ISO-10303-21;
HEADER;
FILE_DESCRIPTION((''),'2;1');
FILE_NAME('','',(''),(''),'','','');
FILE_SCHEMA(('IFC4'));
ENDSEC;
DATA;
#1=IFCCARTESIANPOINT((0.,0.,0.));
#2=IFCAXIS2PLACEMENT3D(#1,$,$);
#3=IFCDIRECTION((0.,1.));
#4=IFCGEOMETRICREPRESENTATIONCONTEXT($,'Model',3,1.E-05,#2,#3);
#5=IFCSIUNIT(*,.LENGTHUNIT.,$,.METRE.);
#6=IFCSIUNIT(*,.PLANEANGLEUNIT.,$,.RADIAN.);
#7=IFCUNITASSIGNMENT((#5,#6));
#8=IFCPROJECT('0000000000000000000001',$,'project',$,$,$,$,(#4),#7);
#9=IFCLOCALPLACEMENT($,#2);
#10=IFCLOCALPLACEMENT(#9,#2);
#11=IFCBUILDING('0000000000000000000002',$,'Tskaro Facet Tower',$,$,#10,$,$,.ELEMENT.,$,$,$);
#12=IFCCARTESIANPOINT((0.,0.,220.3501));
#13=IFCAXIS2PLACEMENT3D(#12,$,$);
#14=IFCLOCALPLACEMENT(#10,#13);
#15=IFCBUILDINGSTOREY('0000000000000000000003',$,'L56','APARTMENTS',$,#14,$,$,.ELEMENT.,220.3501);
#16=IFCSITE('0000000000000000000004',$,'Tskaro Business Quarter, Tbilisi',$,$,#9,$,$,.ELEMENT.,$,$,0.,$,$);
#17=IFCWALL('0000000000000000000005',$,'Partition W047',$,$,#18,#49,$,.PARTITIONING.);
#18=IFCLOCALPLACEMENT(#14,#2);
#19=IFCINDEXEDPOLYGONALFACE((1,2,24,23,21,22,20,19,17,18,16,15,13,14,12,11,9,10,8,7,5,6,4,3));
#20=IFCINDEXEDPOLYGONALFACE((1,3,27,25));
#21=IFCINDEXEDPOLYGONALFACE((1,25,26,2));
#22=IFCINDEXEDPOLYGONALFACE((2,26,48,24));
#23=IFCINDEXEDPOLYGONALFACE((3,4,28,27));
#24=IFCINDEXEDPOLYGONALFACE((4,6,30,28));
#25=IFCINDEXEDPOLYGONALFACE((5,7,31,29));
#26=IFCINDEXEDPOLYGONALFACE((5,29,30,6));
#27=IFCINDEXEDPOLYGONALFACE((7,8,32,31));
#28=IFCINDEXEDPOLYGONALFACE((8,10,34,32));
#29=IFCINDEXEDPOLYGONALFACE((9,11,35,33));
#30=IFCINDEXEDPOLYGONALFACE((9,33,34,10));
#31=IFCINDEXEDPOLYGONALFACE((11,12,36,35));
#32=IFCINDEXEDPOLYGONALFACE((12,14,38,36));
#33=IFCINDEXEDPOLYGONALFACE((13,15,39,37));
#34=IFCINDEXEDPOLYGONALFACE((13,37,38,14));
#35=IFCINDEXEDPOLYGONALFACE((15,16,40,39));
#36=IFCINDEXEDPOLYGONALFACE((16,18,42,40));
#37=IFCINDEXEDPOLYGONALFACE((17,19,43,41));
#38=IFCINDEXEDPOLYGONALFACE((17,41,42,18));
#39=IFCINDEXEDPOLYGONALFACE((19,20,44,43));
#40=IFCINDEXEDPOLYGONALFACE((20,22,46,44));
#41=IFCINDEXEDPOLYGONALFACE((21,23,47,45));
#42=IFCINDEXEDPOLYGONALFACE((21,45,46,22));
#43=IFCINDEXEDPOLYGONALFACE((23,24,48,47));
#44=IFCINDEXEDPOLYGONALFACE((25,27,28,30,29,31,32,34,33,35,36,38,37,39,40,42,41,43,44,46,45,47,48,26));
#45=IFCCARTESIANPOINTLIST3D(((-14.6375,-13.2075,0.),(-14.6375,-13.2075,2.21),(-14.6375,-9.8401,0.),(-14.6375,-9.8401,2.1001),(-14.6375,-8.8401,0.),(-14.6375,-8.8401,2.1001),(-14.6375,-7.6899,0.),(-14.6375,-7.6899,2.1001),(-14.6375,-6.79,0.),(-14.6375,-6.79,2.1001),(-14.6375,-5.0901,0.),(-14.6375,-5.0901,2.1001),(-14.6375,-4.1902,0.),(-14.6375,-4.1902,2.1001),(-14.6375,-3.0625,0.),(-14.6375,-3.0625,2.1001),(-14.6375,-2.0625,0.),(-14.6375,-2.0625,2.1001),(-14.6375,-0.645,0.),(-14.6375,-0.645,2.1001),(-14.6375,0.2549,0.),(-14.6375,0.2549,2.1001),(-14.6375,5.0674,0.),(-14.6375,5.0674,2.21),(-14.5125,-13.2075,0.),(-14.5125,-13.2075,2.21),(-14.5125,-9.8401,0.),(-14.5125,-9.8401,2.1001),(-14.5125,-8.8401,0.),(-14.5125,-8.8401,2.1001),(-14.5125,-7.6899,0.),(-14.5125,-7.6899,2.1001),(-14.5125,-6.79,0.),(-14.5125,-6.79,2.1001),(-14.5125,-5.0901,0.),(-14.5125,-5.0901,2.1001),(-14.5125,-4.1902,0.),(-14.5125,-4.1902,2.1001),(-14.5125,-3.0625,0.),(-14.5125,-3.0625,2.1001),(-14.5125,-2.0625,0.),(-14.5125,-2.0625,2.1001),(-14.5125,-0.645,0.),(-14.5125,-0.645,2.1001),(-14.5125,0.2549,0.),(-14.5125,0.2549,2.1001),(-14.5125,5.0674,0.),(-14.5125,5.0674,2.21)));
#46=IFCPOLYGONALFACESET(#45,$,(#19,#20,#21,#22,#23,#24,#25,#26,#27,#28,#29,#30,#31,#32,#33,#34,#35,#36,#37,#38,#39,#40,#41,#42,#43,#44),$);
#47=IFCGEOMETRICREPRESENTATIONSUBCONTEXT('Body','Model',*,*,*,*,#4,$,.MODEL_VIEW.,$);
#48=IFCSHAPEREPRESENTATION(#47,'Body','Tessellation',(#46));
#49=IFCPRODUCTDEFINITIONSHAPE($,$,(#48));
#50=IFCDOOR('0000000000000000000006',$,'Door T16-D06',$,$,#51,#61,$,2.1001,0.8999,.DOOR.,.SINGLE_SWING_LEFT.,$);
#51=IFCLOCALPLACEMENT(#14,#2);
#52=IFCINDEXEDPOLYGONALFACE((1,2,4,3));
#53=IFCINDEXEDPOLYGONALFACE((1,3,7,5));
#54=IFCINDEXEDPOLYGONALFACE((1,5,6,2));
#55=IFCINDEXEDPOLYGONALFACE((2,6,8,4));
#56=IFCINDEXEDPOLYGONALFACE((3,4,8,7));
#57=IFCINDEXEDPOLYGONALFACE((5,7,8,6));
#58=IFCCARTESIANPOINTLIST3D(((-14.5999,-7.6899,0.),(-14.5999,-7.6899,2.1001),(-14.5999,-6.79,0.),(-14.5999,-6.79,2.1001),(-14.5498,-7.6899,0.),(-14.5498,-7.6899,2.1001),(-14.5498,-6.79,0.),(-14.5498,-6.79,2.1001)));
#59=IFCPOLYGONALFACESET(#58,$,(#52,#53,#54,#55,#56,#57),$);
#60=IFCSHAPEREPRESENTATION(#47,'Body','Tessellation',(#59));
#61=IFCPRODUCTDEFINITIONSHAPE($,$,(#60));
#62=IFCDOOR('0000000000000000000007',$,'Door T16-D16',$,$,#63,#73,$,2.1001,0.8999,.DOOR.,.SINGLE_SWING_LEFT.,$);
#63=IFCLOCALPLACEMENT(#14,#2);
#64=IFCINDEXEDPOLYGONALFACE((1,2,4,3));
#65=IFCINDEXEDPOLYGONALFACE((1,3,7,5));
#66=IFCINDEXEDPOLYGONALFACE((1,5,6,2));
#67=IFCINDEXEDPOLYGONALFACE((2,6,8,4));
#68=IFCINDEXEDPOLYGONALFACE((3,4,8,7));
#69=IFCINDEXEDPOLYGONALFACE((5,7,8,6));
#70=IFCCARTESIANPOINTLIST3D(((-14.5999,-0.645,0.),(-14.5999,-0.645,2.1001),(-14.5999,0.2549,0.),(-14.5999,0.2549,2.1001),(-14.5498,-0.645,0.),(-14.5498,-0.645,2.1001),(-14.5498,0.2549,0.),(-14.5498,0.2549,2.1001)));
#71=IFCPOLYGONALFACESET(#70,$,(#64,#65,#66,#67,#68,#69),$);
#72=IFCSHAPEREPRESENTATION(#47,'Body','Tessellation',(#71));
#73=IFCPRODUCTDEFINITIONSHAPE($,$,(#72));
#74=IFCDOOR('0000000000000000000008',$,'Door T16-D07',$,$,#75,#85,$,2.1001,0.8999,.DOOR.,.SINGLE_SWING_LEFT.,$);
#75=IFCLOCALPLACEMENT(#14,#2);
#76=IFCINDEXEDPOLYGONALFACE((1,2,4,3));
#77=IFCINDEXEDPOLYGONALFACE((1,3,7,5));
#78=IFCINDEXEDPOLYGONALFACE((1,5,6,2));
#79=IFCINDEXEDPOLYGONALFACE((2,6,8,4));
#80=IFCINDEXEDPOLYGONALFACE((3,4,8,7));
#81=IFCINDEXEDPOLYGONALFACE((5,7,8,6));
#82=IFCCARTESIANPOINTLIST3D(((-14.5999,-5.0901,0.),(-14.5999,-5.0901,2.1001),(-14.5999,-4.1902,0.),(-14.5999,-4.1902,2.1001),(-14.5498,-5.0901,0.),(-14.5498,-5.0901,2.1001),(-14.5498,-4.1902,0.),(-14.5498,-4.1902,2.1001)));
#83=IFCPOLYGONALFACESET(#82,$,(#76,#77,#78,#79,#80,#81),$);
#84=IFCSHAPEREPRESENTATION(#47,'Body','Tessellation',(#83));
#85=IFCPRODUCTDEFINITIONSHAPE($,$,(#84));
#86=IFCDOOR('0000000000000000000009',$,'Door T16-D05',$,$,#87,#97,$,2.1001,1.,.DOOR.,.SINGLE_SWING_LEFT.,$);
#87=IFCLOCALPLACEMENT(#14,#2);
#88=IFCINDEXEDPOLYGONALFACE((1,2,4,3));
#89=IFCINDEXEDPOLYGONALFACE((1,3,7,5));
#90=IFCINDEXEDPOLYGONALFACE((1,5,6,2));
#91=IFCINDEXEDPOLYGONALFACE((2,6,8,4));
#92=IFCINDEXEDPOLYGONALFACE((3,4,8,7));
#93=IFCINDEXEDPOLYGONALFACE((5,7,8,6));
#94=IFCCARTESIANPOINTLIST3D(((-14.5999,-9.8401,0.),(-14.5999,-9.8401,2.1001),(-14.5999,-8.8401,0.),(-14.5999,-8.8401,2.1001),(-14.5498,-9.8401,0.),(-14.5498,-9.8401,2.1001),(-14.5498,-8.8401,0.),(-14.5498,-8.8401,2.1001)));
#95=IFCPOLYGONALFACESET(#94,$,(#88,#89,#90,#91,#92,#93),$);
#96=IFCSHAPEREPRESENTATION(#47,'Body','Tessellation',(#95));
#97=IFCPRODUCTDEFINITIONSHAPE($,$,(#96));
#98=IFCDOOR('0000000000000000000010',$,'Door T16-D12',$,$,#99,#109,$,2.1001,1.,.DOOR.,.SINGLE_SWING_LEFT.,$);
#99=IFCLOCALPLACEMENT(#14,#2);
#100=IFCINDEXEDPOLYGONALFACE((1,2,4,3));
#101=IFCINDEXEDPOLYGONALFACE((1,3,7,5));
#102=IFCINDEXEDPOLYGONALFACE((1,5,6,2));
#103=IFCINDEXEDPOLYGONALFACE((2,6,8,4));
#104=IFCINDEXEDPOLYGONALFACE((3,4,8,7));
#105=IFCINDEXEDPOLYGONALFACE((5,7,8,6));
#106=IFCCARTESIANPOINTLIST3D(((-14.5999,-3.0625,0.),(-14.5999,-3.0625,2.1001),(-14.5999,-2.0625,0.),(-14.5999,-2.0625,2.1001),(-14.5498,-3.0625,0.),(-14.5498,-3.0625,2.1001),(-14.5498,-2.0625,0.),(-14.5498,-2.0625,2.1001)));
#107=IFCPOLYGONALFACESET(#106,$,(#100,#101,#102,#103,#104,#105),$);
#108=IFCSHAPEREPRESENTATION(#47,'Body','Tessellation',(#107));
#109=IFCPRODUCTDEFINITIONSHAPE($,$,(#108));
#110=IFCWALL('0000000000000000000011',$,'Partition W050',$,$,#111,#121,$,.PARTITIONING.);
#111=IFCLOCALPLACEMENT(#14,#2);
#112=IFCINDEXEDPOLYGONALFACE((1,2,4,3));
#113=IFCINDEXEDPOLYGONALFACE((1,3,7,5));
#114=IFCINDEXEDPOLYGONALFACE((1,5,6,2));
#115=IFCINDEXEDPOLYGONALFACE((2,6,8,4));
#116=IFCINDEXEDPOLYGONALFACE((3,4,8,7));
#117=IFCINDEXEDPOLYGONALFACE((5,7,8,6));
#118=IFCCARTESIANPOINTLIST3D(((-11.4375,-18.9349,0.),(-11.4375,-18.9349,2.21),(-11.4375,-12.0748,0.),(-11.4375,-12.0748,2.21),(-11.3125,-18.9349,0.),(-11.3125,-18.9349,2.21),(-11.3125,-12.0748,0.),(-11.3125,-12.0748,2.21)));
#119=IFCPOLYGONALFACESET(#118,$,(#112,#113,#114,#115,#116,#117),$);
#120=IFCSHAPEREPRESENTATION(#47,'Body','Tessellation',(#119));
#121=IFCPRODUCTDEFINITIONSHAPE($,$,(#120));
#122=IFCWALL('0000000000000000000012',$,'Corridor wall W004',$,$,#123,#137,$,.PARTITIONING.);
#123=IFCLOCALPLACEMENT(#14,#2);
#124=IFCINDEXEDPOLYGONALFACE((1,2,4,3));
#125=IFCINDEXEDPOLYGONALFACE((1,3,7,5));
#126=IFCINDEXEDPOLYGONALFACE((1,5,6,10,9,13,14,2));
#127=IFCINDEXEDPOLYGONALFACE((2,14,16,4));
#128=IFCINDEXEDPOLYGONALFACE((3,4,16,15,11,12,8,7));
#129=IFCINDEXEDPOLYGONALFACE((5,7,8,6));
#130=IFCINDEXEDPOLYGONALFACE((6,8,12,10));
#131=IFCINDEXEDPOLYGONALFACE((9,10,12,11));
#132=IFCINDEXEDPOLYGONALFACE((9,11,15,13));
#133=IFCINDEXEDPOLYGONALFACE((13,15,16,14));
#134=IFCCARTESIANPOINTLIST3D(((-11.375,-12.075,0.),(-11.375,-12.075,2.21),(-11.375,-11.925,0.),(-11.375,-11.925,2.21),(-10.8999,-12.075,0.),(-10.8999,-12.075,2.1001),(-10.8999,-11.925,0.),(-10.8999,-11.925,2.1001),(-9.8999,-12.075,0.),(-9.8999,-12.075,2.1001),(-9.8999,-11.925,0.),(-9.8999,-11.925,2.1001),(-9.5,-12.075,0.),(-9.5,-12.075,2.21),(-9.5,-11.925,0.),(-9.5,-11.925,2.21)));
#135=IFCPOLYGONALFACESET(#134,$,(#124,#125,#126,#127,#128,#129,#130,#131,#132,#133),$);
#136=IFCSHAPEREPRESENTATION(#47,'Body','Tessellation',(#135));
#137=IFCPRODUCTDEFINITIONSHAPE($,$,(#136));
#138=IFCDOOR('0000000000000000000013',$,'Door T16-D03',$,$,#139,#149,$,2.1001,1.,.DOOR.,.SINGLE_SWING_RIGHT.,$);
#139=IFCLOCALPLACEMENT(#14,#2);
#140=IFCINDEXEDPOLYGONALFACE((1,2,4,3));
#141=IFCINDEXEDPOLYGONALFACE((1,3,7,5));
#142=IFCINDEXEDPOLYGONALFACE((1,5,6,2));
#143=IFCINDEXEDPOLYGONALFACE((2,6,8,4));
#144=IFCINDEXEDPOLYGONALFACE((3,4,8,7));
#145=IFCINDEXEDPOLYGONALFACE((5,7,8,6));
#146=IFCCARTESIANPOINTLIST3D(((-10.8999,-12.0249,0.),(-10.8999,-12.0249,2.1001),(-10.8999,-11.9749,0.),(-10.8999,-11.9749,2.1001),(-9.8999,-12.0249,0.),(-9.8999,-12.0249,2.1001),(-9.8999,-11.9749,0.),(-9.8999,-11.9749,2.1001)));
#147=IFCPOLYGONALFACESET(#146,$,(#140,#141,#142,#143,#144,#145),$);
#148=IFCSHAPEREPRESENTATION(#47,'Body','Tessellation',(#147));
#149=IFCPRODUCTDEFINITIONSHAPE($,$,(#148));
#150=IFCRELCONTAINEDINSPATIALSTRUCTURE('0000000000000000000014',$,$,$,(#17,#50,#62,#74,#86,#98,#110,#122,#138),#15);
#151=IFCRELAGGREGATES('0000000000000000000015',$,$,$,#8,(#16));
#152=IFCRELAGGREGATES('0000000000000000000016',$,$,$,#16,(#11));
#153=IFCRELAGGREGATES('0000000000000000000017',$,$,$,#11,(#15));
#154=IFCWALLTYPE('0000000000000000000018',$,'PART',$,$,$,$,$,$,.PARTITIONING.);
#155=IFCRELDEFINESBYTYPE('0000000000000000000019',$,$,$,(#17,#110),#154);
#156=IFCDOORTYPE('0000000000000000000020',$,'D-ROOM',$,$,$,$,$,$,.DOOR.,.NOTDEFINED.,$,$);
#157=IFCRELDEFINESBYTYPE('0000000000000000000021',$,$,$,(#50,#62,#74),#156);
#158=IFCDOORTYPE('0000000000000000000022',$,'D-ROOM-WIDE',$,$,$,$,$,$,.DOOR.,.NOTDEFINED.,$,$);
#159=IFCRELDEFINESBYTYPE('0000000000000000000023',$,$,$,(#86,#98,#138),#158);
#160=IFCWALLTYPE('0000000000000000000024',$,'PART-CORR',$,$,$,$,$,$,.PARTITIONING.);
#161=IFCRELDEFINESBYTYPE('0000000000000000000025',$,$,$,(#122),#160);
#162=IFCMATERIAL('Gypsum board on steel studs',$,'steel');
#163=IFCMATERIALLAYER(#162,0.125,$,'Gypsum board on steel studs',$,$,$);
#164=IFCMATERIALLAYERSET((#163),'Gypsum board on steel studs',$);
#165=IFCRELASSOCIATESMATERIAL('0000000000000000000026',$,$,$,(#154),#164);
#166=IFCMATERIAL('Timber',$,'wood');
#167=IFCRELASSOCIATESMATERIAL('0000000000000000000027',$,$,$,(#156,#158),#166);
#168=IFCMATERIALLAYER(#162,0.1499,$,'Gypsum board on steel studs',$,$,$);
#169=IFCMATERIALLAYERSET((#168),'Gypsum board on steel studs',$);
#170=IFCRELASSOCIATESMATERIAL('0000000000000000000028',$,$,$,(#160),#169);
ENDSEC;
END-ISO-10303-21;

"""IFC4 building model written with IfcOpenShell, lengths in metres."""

from ifc_helpers import new_model, si_unit, direction, frame, frame_2d, origin, place, context, subcontext, project, spatial, rectangle, extrude, material, layer, layer_set, type_object, element, fill, save


model = new_model("IFC4")

# Units and contexts
model_context = context("Model", 3, precision=1e-05, world=origin(), true_north=direction((0.0, 1.0)))
body_context = subcontext(model_context, "Body", "Model", "MODEL_VIEW")
ifc_project = project(units=[si_unit("LENGTHUNIT", "METRE"), si_unit("PLANEANGLEUNIT", "RADIAN")], contexts=[model_context])

# Site, building, storey
site_placement = place(None, origin())
site = spatial("IfcSite", under=ifc_project, at=site_placement, Name="Tskaro Business Quarter, Tbilisi", CompositionType="ELEMENT", RefElevation=0.0)
building_placement = place(site_placement, origin())
building = spatial("IfcBuilding", under=site, at=building_placement, Name="Tskaro Facet Tower", CompositionType="ELEMENT")
storey_placement = place(building_placement, frame((0.0, 0.0, 220.3501)))
storey = spatial("IfcBuildingStorey", under=building, at=storey_placement, Name="L56", Description="APARTMENTS", CompositionType="ELEMENT", Elevation=220.3501)

# Shared definitions
ifc_material_1 = material(Name="Gypsum board on steel studs", Category="steel")
ifc_layer_1 = layer(ifc_material_1, 0.125, Name="Gypsum board on steel studs")
ifc_layer_set_1 = layer_set([ifc_layer_1], Name="Gypsum board on steel studs")
wall_type_1 = type_object("IfcWallType", Name="PART", PredefinedType="PARTITIONING", material=ifc_layer_set_1)
ifc_material_2 = material(Name="Timber", Category="wood")
door_type_1 = type_object("IfcDoorType", Name="D-ROOM", OperationType="NOTDEFINED", PredefinedType="DOOR", material=ifc_material_2)

# Wall, openings, doors
wall_1_placement = place(storey_placement, frame((-14.575, -13.2075, 0.0), z_axis=(0.0, 0.0, 1.0), x_axis=(0.0, 1.0, 0.0)))
wall_1 = element("IfcWall", 1, at=wall_1_placement, inside=storey, type_object=wall_type_1, Name="Partition W047", PredefinedType="PARTITIONING", context=body_context, shape_type="SweptSolid", body=[
    extrude(rectangle(XDim=18.2749, YDim=0.125, at=frame_2d((9.1375, 0.0))), origin(), (0.0, 0.0, 1.0), 2.21),
])
opening_1_placement = place(wall_1_placement, frame((3.3674, 0.0, 0.0)))
opening_1 = element("IfcOpeningElement", 2, at=opening_1_placement, cuts=wall_1, PredefinedType="OPENING", context=body_context, shape_type="SweptSolid", body=[
    extrude(rectangle(XDim=1.0, YDim=2.1001, at=frame_2d((0.5, 1.05))), frame((0.0, 0.0725, 0.0), z_axis=(0.0, -1.0, 0.0), x_axis=(1.0, 0.0, 0.0)), (0.0, 0.0, 1.0), 0.145),
])
opening_2_placement = place(wall_1_placement, frame((5.5176, 0.0, 0.0)))
opening_2 = element("IfcOpeningElement", 3, at=opening_2_placement, cuts=wall_1, PredefinedType="OPENING", context=body_context, shape_type="SweptSolid", body=[
    extrude(rectangle(XDim=0.8999, YDim=2.1001, at=frame_2d((0.45, 1.05))), frame((0.0, 0.0725, 0.0), z_axis=(0.0, -1.0, 0.0), x_axis=(1.0, 0.0, 0.0)), (0.0, 0.0, 1.0), 0.145),
])
opening_3_placement = place(wall_1_placement, frame((12.5625, 0.0, 0.0)))
opening_3 = element("IfcOpeningElement", 4, at=opening_3_placement, cuts=wall_1, PredefinedType="OPENING", context=body_context, shape_type="SweptSolid", body=[
    extrude(rectangle(XDim=0.8999, YDim=2.1001, at=frame_2d((0.45, 1.05))), frame((0.0, 0.0725, 0.0), z_axis=(0.0, -1.0, 0.0), x_axis=(1.0, 0.0, 0.0)), (0.0, 0.0, 1.0), 0.145),
])
opening_4_placement = place(wall_1_placement, frame((10.145, 0.0, 0.0)))
opening_4 = element("IfcOpeningElement", 5, at=opening_4_placement, cuts=wall_1, PredefinedType="OPENING", context=body_context, shape_type="SweptSolid", body=[
    extrude(rectangle(XDim=1.0, YDim=2.1001, at=frame_2d((0.5, 1.05))), frame((0.0, 0.0725, 0.0), z_axis=(0.0, -1.0, 0.0), x_axis=(1.0, 0.0, 0.0)), (0.0, 0.0, 1.0), 0.145),
])
opening_5_placement = place(wall_1_placement, frame((8.1174, 0.0, 0.0)))
opening_5 = element("IfcOpeningElement", 6, at=opening_5_placement, cuts=wall_1, PredefinedType="OPENING", context=body_context, shape_type="SweptSolid", body=[
    extrude(rectangle(XDim=0.8999, YDim=2.1001, at=frame_2d((0.45, 1.05))), frame((0.0, 0.0725, 0.0), z_axis=(0.0, -1.0, 0.0), x_axis=(1.0, 0.0, 0.0)), (0.0, 0.0, 1.0), 0.145),
])
door_1_placement = place(opening_2_placement, origin())
door_1 = element("IfcDoor", 7, at=door_1_placement, inside=storey, type_object=door_type_1, Name="Door T16-D06", OperationType="SINGLE_SWING_LEFT", OverallHeight=2.1001, OverallWidth=0.8999, PredefinedType="DOOR", context=body_context, shape_type="SweptSolid", body=[
    extrude(rectangle(XDim=0.8999, YDim=2.1001, at=frame_2d((0.45, 1.05))), frame((0.0, 0.0249, 0.0), z_axis=(0.0, -1.0, 0.0), x_axis=(1.0, 0.0, 0.0)), (0.0, 0.0, 1.0), 0.05),
])
fill(opening_2, door_1)
door_2_placement = place(opening_3_placement, origin())
door_2 = element("IfcDoor", 8, at=door_2_placement, inside=storey, type_object=door_type_1, Name="Door T16-D16", OperationType="SINGLE_SWING_LEFT", OverallHeight=2.1001, OverallWidth=0.8999, PredefinedType="DOOR", context=body_context, shape_type="SweptSolid", body=[
    extrude(rectangle(XDim=0.8999, YDim=2.1001, at=frame_2d((0.45, 1.05))), frame((0.0, 0.0249, 0.0), z_axis=(0.0, -1.0, 0.0), x_axis=(1.0, 0.0, 0.0)), (0.0, 0.0, 1.0), 0.05),
])
fill(opening_3, door_2)
door_3_placement = place(opening_5_placement, origin())
door_3 = element("IfcDoor", 9, at=door_3_placement, inside=storey, type_object=door_type_1, Name="Door T16-D07", OperationType="SINGLE_SWING_LEFT", OverallHeight=2.1001, OverallWidth=0.8999, PredefinedType="DOOR", context=body_context, shape_type="SweptSolid", body=[
    extrude(rectangle(XDim=0.8999, YDim=2.1001, at=frame_2d((0.45, 1.05))), frame((0.0, 0.0249, 0.0), z_axis=(0.0, -1.0, 0.0), x_axis=(1.0, 0.0, 0.0)), (0.0, 0.0, 1.0), 0.05),
])
fill(opening_5, door_3)
door_type_2 = type_object("IfcDoorType", Name="D-ROOM-WIDE", OperationType="NOTDEFINED", PredefinedType="DOOR", material=ifc_material_2)
door_4_placement = place(opening_1_placement, origin())
door_4 = element("IfcDoor", 10, at=door_4_placement, inside=storey, type_object=door_type_2, Name="Door T16-D05", OperationType="SINGLE_SWING_LEFT", OverallHeight=2.1001, OverallWidth=1.0, PredefinedType="DOOR", context=body_context, shape_type="SweptSolid", body=[
    extrude(rectangle(XDim=1.0, YDim=2.1001, at=frame_2d((0.5, 1.05))), frame((0.0, 0.0249, 0.0), z_axis=(0.0, -1.0, 0.0), x_axis=(1.0, 0.0, 0.0)), (0.0, 0.0, 1.0), 0.05),
])
fill(opening_1, door_4)
door_5_placement = place(opening_4_placement, origin())
door_5 = element("IfcDoor", 11, at=door_5_placement, inside=storey, type_object=door_type_2, Name="Door T16-D12", OperationType="SINGLE_SWING_LEFT", OverallHeight=2.1001, OverallWidth=1.0, PredefinedType="DOOR", context=body_context, shape_type="SweptSolid", body=[
    extrude(rectangle(XDim=1.0, YDim=2.1001, at=frame_2d((0.5, 1.05))), frame((0.0, 0.0249, 0.0), z_axis=(0.0, -1.0, 0.0), x_axis=(1.0, 0.0, 0.0)), (0.0, 0.0, 1.0), 0.05),
])
fill(opening_4, door_5)

# Wall
wall_2_placement = place(storey_placement, frame((-11.375, -18.9351, 0.0), z_axis=(0.0, 0.0, 1.0), x_axis=(0.0, 1.0, 0.0)))
element("IfcWall", 12, at=wall_2_placement, inside=storey, type_object=wall_type_1, Name="Partition W050", PredefinedType="PARTITIONING", context=body_context, shape_type="SweptSolid", body=[
    extrude(rectangle(XDim=6.8601, YDim=0.125, at=frame_2d((3.4302, 0.0))), origin(), (0.0, 0.0, 1.0), 2.21),
])

# Wall, opening, door
ifc_layer_2 = layer(ifc_material_1, 0.1499, Name="Gypsum board on steel studs")
ifc_layer_set_2 = layer_set([ifc_layer_2], Name="Gypsum board on steel studs")
wall_type_2 = type_object("IfcWallType", Name="PART-CORR", PredefinedType="PARTITIONING", material=ifc_layer_set_2)
wall_3_placement = place(storey_placement, frame((-9.5, -12.0, 0.0), z_axis=(0.0, 0.0, 1.0), x_axis=(-1.0, 0.0, 0.0)))
wall_3 = element("IfcWall", 13, at=wall_3_placement, inside=storey, type_object=wall_type_2, Name="Corridor wall W004", PredefinedType="PARTITIONING", context=body_context, shape_type="SweptSolid", body=[
    extrude(rectangle(XDim=1.875, YDim=0.1499, at=frame_2d((0.9375, 0.0))), origin(), (0.0, 0.0, 1.0), 2.21),
])
opening_6_placement = place(wall_3_placement, frame((0.3999, 0.0, 0.0)))
opening_6 = element("IfcOpeningElement", 14, at=opening_6_placement, cuts=wall_3, PredefinedType="OPENING", context=body_context, shape_type="SweptSolid", body=[
    extrude(rectangle(XDim=1.0, YDim=2.1001, at=frame_2d((0.5, 1.05))), frame((0.0, 0.085, 0.0), z_axis=(0.0, -1.0, 0.0), x_axis=(1.0, 0.0, 0.0)), (0.0, 0.0, 1.0), 0.1699),
])
door_6_placement = place(opening_6_placement, origin())
door_6 = element("IfcDoor", 15, at=door_6_placement, inside=storey, type_object=door_type_2, Name="Door T16-D03", OperationType="SINGLE_SWING_RIGHT", OverallHeight=2.1001, OverallWidth=1.0, PredefinedType="DOOR", context=body_context, shape_type="SweptSolid", body=[
    extrude(rectangle(XDim=1.0, YDim=2.1001, at=frame_2d((0.5, 1.05))), frame((0.0, 0.0249, 0.0), z_axis=(0.0, -1.0, 0.0), x_axis=(1.0, 0.0, 0.0)), (0.0, 0.0, 1.0), 0.05),
])
fill(opening_6, door_6)

save(model, "model.ifc")
